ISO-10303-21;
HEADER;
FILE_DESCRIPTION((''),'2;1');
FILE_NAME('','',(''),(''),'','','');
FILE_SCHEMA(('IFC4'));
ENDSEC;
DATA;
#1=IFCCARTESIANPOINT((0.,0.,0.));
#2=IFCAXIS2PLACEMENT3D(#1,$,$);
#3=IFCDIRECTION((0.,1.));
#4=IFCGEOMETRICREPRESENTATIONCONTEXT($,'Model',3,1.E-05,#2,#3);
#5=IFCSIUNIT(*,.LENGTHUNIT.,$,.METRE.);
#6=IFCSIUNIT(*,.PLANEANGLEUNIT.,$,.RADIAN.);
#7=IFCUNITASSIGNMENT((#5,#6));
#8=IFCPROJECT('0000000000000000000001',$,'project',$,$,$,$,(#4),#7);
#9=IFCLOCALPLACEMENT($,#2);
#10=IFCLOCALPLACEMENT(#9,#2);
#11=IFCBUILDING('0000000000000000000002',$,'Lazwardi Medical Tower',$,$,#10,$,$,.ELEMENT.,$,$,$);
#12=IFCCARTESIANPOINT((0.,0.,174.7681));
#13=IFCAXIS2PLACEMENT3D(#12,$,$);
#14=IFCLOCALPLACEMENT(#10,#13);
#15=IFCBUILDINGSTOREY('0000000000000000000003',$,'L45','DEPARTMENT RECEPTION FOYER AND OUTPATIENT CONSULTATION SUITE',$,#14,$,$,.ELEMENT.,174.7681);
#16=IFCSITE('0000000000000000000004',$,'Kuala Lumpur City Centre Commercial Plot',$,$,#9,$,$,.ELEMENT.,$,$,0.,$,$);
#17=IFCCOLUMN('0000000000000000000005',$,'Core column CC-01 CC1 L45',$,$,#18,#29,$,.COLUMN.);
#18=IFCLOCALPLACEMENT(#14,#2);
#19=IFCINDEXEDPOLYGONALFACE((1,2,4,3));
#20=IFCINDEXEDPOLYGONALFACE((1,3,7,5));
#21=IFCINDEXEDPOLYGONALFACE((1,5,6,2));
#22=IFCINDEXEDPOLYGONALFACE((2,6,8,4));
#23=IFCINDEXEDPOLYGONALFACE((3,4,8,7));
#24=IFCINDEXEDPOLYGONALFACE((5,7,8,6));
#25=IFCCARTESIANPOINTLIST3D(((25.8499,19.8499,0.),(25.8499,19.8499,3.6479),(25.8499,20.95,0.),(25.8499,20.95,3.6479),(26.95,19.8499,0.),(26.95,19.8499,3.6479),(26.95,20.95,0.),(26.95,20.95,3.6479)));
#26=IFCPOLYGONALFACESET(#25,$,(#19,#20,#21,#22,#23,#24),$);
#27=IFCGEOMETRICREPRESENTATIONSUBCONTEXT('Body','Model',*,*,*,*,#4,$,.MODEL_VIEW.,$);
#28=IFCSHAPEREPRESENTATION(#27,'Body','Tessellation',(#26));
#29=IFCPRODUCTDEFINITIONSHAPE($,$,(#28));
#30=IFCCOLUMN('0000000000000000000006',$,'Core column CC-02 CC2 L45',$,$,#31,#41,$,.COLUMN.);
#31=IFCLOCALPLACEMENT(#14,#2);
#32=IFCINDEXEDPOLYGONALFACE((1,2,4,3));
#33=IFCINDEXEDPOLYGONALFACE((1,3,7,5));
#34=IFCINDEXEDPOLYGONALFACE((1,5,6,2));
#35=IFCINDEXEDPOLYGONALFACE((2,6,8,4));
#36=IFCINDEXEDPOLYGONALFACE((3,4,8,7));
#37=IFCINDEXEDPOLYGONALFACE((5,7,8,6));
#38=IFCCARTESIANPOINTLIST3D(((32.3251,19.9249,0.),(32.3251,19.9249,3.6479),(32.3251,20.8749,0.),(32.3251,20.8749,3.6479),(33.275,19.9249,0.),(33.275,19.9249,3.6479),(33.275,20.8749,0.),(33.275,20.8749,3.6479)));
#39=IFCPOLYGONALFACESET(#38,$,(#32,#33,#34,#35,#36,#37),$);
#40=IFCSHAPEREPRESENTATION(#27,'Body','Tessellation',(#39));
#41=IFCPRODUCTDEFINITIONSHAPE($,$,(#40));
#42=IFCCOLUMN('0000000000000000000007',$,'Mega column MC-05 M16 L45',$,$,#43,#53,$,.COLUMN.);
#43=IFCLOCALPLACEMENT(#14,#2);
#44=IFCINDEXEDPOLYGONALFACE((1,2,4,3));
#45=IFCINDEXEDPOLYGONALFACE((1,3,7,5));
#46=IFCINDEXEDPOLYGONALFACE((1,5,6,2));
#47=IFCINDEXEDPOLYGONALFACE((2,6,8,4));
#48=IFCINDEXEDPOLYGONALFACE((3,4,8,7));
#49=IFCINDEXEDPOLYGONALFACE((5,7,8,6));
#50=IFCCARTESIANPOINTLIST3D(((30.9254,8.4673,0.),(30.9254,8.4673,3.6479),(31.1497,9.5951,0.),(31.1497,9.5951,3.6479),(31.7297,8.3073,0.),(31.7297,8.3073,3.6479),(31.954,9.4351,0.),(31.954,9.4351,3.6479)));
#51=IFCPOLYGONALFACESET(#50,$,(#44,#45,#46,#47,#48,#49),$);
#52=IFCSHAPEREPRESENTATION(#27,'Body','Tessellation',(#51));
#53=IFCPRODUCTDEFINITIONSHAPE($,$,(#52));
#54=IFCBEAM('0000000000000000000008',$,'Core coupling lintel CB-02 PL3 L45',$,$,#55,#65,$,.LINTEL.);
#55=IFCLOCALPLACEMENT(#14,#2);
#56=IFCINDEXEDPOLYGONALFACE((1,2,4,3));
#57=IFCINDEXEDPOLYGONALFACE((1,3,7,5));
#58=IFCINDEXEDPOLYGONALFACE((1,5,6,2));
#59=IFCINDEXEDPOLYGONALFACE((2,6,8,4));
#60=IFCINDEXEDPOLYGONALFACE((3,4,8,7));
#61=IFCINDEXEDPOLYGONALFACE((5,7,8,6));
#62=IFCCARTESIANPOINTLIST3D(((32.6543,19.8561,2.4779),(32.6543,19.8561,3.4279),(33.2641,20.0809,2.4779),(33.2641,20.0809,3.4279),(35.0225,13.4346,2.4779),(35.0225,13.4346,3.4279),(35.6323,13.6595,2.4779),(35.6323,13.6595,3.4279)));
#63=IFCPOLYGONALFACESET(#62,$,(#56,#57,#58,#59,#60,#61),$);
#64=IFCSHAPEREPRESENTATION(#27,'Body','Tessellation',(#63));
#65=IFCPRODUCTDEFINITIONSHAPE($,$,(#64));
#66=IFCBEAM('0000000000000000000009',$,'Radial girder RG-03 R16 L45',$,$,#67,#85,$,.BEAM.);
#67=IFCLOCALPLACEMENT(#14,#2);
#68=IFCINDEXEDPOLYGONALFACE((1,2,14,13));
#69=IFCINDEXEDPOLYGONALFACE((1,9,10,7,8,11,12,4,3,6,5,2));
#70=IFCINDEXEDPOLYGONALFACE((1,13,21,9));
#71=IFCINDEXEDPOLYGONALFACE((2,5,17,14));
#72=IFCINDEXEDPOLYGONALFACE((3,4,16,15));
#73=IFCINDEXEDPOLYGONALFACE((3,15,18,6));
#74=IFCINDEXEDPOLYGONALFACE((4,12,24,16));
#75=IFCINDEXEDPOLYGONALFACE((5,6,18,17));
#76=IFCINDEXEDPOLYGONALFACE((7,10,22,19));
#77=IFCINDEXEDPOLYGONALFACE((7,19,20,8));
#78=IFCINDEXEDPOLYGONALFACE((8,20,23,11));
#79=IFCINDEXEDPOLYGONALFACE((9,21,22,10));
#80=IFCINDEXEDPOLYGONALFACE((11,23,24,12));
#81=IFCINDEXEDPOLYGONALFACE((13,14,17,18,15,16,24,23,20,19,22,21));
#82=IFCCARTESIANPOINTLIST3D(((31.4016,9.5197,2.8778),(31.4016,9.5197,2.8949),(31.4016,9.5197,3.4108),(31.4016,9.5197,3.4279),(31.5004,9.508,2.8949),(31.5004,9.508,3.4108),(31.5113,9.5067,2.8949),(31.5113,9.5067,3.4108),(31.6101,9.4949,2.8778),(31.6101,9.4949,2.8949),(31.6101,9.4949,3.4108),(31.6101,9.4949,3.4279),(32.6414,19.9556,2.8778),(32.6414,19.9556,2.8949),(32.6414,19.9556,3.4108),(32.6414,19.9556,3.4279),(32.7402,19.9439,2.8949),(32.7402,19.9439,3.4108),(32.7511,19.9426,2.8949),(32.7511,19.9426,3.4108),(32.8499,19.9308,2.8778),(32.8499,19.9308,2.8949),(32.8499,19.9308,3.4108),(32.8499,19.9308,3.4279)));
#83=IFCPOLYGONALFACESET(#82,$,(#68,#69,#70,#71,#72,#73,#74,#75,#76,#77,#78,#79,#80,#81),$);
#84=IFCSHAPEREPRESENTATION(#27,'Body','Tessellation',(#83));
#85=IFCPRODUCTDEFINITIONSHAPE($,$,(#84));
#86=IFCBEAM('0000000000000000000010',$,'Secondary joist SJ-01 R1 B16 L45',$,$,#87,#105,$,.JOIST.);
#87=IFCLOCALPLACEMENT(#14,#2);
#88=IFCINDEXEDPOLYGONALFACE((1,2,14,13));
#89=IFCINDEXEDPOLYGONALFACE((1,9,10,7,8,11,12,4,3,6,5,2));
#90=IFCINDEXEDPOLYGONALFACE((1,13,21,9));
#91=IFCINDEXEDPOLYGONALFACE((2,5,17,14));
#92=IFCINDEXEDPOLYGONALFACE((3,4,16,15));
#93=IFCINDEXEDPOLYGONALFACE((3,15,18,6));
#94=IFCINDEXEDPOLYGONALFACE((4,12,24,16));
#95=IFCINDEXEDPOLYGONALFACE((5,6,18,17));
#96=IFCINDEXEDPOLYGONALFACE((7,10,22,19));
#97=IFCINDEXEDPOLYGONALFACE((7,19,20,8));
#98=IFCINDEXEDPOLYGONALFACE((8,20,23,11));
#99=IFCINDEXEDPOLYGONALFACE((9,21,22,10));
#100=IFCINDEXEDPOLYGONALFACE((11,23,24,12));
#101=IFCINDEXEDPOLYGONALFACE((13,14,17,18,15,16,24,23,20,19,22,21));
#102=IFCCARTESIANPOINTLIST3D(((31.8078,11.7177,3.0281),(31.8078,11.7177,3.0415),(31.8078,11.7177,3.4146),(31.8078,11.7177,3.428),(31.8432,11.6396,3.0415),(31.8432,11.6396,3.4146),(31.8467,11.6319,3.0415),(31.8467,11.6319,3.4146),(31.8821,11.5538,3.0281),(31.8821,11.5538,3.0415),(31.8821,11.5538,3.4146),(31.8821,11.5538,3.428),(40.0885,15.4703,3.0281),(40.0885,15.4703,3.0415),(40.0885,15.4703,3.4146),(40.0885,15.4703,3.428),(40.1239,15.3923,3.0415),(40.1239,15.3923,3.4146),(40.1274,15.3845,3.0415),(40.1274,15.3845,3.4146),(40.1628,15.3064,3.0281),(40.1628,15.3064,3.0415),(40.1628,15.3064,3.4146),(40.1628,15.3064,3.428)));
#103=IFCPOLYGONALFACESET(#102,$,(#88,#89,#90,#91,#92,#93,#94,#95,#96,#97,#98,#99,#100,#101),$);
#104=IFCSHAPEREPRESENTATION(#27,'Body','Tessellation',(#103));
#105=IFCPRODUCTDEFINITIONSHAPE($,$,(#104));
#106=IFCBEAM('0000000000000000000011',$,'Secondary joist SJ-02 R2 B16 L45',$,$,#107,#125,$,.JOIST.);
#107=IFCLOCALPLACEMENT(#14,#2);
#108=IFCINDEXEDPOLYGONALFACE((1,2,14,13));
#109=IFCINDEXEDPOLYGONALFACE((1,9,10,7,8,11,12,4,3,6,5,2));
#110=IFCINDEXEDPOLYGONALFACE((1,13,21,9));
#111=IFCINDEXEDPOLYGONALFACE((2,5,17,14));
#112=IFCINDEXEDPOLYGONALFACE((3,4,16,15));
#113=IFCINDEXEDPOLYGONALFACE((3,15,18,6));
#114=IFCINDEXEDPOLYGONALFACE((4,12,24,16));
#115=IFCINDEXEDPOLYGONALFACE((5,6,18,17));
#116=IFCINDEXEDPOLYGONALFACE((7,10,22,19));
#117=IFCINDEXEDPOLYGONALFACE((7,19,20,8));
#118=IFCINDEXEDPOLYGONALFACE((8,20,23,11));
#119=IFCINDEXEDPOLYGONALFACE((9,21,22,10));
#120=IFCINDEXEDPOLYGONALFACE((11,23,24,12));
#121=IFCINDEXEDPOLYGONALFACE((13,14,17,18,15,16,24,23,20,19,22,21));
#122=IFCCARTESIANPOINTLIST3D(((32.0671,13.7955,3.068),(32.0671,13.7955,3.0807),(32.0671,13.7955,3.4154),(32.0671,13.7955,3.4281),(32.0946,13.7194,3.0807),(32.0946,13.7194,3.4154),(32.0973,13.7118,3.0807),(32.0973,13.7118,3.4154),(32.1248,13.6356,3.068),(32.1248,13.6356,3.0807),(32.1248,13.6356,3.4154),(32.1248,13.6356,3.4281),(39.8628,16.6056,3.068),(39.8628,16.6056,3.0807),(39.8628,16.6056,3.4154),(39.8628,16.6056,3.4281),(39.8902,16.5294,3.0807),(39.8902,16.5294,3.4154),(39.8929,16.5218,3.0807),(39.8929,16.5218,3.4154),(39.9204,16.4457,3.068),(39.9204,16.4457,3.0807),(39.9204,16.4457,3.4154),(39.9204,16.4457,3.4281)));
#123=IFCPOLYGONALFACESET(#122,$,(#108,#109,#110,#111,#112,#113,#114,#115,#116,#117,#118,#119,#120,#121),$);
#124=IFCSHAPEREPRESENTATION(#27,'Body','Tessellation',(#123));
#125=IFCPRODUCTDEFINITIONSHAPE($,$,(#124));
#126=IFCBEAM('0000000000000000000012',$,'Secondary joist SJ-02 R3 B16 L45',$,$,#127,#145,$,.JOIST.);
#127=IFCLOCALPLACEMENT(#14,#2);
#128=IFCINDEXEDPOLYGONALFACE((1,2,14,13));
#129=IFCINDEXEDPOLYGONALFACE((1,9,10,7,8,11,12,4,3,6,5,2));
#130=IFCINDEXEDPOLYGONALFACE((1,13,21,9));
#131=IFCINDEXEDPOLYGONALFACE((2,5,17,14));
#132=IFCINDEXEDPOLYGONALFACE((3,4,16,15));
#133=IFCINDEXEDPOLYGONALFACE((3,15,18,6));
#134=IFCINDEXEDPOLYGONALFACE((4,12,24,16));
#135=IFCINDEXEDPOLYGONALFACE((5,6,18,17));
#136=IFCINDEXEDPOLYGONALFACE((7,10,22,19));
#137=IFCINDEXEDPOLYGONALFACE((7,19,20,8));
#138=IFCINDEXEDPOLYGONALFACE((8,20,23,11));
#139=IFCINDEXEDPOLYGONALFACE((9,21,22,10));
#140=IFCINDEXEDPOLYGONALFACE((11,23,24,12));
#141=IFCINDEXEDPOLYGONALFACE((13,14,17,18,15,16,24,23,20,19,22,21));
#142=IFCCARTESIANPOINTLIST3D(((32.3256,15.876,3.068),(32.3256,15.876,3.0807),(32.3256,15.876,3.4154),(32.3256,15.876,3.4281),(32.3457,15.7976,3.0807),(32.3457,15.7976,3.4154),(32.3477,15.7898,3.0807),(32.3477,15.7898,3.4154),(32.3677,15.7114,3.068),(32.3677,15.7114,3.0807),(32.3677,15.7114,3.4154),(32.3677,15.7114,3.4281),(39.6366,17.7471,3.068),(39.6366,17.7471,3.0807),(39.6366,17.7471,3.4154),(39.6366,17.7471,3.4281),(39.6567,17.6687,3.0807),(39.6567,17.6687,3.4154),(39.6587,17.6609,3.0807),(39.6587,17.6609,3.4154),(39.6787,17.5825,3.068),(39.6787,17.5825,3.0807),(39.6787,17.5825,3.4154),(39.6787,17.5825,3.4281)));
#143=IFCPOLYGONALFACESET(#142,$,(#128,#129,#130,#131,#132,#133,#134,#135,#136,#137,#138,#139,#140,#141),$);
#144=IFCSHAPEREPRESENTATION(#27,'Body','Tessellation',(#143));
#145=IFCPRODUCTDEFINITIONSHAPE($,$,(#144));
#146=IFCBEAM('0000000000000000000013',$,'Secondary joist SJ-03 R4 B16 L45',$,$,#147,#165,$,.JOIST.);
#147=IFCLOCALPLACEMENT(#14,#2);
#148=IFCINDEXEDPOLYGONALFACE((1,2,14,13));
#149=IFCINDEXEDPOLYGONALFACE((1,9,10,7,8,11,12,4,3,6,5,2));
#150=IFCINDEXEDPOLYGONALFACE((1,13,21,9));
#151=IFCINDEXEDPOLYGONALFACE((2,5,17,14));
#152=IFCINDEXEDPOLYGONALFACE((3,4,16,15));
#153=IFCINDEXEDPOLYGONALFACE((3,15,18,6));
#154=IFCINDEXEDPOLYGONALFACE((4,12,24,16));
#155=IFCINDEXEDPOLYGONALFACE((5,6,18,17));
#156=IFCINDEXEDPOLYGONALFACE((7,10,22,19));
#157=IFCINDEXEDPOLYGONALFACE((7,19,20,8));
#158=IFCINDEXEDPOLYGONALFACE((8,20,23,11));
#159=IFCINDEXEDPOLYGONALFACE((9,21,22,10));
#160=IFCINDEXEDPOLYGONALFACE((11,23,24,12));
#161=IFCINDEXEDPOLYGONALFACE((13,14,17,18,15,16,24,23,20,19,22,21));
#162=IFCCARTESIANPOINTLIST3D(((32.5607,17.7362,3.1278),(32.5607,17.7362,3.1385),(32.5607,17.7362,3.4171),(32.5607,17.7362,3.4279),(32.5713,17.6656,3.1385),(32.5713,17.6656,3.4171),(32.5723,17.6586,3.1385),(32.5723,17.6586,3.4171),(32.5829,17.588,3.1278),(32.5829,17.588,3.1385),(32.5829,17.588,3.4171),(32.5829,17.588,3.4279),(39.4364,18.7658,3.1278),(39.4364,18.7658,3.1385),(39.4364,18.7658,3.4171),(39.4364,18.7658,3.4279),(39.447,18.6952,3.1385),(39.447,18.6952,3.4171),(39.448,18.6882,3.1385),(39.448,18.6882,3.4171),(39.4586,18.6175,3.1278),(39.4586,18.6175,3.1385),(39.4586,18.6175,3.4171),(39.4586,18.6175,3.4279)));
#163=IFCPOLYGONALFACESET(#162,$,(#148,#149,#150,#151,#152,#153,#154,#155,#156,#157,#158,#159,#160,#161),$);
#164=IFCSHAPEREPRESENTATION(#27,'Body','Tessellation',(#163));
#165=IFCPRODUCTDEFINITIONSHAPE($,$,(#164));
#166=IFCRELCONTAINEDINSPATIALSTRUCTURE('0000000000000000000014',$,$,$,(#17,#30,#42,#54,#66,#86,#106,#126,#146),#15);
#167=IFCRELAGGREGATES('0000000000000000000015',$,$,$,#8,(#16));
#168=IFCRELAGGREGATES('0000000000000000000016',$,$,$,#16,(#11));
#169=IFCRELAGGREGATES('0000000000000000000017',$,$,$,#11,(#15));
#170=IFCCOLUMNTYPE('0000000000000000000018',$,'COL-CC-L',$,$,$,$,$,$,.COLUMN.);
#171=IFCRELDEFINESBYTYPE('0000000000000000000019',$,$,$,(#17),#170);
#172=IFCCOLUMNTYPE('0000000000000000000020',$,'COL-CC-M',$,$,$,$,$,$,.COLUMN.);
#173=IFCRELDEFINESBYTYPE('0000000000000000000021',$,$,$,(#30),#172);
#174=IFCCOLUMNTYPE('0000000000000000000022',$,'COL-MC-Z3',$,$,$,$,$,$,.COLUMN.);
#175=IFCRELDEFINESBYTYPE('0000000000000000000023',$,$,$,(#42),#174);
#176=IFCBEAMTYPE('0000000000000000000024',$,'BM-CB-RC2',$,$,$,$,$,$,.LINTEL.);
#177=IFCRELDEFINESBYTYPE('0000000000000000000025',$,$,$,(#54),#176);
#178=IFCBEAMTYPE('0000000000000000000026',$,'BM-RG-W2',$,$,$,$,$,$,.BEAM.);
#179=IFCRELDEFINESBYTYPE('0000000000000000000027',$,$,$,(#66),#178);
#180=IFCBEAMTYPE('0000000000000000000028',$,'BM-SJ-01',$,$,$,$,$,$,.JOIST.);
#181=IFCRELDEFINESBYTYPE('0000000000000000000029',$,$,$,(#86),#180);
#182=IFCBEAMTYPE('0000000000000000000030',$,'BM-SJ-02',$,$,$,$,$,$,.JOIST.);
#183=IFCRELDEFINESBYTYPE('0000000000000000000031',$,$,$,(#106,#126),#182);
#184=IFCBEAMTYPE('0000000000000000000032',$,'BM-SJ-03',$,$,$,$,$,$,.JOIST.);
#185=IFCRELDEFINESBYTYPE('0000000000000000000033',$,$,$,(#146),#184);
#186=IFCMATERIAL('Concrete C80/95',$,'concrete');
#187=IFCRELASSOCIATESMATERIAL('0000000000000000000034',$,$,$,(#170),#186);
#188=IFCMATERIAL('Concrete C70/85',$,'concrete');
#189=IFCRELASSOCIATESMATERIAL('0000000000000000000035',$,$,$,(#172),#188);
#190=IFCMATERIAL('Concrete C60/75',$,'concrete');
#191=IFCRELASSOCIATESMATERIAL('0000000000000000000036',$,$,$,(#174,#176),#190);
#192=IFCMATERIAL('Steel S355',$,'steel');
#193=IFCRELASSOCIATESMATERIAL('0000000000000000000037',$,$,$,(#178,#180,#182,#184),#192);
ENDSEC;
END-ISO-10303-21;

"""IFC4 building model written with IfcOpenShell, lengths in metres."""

from ifc_helpers import new_model, si_unit, direction, frame, origin, origin_2d, place, context, subcontext, project, spatial, rectangle, i_section, extrude, material, material_profile, profile_set, type_object, element, save


model = new_model("IFC4")

# Units and contexts
model_context = context("Model", 3, precision=1e-05, world=origin(), true_north=direction((0.0, 1.0)))
body_context = subcontext(model_context, "Body", "Model", "MODEL_VIEW")
ifc_project = project(units=[si_unit("LENGTHUNIT", "METRE"), si_unit("PLANEANGLEUNIT", "RADIAN")], contexts=[model_context])

# Site, building, storey
site_placement = place(None, origin())
site = spatial("IfcSite", under=ifc_project, at=site_placement, Name="Kuala Lumpur City Centre Commercial Plot", CompositionType="ELEMENT", RefElevation=0.0)
building_placement = place(site_placement, origin())
building = spatial("IfcBuilding", under=site, at=building_placement, Name="Lazwardi Medical Tower", CompositionType="ELEMENT")
storey_placement = place(building_placement, frame((0.0, 0.0, 174.7681)))
storey = spatial("IfcBuildingStorey", under=building, at=storey_placement, Name="L45", Description="DEPARTMENT RECEPTION FOYER AND OUTPATIENT CONSULTATION SUITE", CompositionType="ELEMENT", Elevation=174.7681)

# Columns
ifc_material_1 = material(Name="Concrete C80/95", Category="concrete")
ifc_material_profile_1 = material_profile(ifc_material_1, rectangle(XDim=1.1001, YDim=1.1001, at=origin_2d()), Name="RC 1100x1100")
ifc_profile_set_1 = profile_set([ifc_material_profile_1], Name="Concrete C80/95")
column_type_1 = type_object("IfcColumnType", Name="COL-CC-L", PredefinedType="COLUMN", material=ifc_profile_set_1)
column_1_placement = place(storey_placement, frame((26.3999, 20.3999, 0.0), z_axis=(0.0, 0.0, 1.0), x_axis=(1.0, 0.0, 0.0)))
element("IfcColumn", 1, at=column_1_placement, inside=storey, type_object=column_type_1, Name="Core column CC-01 CC1 L45", PredefinedType="COLUMN", context=body_context, shape_type="SweptSolid", body=[
    extrude(rectangle(XDim=1.1001, YDim=1.1001, at=origin_2d()), origin(), (0.0, 0.0, 1.0), 3.6479),
])
ifc_material_2 = material(Name="Concrete C70/85", Category="concrete")
ifc_material_profile_2 = material_profile(ifc_material_2, rectangle(XDim=0.95, YDim=0.95, at=origin_2d()), Name="RC 950x950")
ifc_profile_set_2 = profile_set([ifc_material_profile_2], Name="Concrete C70/85")
column_type_2 = type_object("IfcColumnType", Name="COL-CC-M", PredefinedType="COLUMN", material=ifc_profile_set_2)
column_2_placement = place(storey_placement, frame((32.8, 20.3999, 0.0), z_axis=(0.0, 0.0, 1.0), x_axis=(1.0, 0.0, 0.0)))
element("IfcColumn", 2, at=column_2_placement, inside=storey, type_object=column_type_2, Name="Core column CC-02 CC2 L45", PredefinedType="COLUMN", context=body_context, shape_type="SweptSolid", body=[
    extrude(rectangle(XDim=0.95, YDim=0.95, at=origin_2d()), origin(), (0.0, 0.0, 1.0), 3.6479),
])
ifc_material_3 = material(Name="Concrete C60/75", Category="concrete")
ifc_material_profile_3 = material_profile(ifc_material_3, rectangle(XDim=1.1499, YDim=0.8201, at=origin_2d()), Name="CFT-RECT 1150x820")
ifc_profile_set_3 = profile_set([ifc_material_profile_3], Name="Concrete C60/75")
column_type_3 = type_object("IfcColumnType", Name="COL-MC-Z3", PredefinedType="COLUMN", material=ifc_profile_set_3)
column_3_placement = place(storey_placement, frame((31.4397, 8.9512, 0.0), z_axis=(0.0, 0.0, 1.0), x_axis=(-0.19509, -0.980785, 0.0)))
element("IfcColumn", 3, at=column_3_placement, inside=storey, type_object=column_type_3, Name="Mega column MC-05 M16 L45", PredefinedType="COLUMN", context=body_context, shape_type="SweptSolid", body=[
    extrude(rectangle(XDim=1.1499, YDim=0.8201, at=origin_2d()), origin(), (0.0, 0.0, 1.0), 3.6479),
])

# Beams
ifc_material_profile_4 = material_profile(ifc_material_3, rectangle(XDim=0.6499, YDim=0.95, at=origin_2d()), Name="RC 650x950")
ifc_profile_set_4 = profile_set([ifc_material_profile_4], Name="Concrete C60/75")
beam_type_1 = type_object("IfcBeamType", Name="BM-CB-RC2", PredefinedType="LINTEL", material=ifc_profile_set_4)
beam_1_placement = place(storey_placement, frame((32.9592, 19.9685, 2.9529), z_axis=(0.346013, -0.93823, 0.0), x_axis=(0.93823, 0.346013, 0.0)))
element("IfcBeam", 4, at=beam_1_placement, inside=storey, type_object=beam_type_1, Name="Core coupling lintel CB-02 PL3 L45", PredefinedType="LINTEL", context=body_context, shape_type="SweptSolid", body=[
    extrude(rectangle(XDim=0.6499, YDim=0.95, at=origin_2d()), origin(), (0.0, 0.0, 1.0), 6.8442),
])
ifc_material_4 = material(Name="Steel S355", Category="steel")
ifc_material_profile_5 = material_profile(ifc_material_4, i_section(OverallWidth=0.21, OverallDepth=0.55, WebThickness=0.011, FlangeThickness=0.0171, at=origin_2d()), Name="IPE 550")
ifc_profile_set_5 = profile_set([ifc_material_profile_5], Name="Steel S355")
beam_type_2 = type_object("IfcBeamType", Name="BM-RG-W2", PredefinedType="BEAM", material=ifc_profile_set_5)
beam_2_placement = place(storey_placement, frame((31.5059, 9.5073, 3.1528), z_axis=(0.117968, 0.993017, 0.0), x_axis=(-0.993017, 0.117968, 0.0)))
element("IfcBeam", 5, at=beam_2_placement, inside=storey, type_object=beam_type_2, Name="Radial girder RG-03 R16 L45", PredefinedType="BEAM", context=body_context, shape_type="SweptSolid", body=[
    extrude(i_section(OverallWidth=0.21, OverallDepth=0.55, WebThickness=0.011, FlangeThickness=0.0171, at=origin_2d()), origin(), (0.0, 0.0, 1.0), 10.5093),
])
ifc_material_profile_6 = material_profile(ifc_material_4, i_section(OverallWidth=0.1799, OverallDepth=0.3999, WebThickness=0.0085, FlangeThickness=0.0134, at=origin_2d()), Name="IPE 400")
ifc_profile_set_6 = profile_set([ifc_material_profile_6], Name="Steel S355")
beam_type_3 = type_object("IfcBeamType", Name="BM-SJ-01", PredefinedType="JOIST", material=ifc_profile_set_6)
beam_3_placement = place(storey_placement, frame((31.845, 11.6357, 3.228), z_axis=(0.910834, 0.412773, 0.0), x_axis=(-0.412773, 0.910834, 0.0)))
element("IfcBeam", 6, at=beam_3_placement, inside=storey, type_object=beam_type_3, Name="Secondary joist SJ-01 R1 B16 L45", PredefinedType="JOIST", context=body_context, shape_type="SweptSolid", body=[
    extrude(i_section(OverallWidth=0.1799, OverallDepth=0.3999, WebThickness=0.0085, FlangeThickness=0.0134, at=origin_2d()), origin(), (0.0, 0.0, 1.0), 9.0913),
])
ifc_material_profile_7 = material_profile(ifc_material_4, i_section(OverallWidth=0.1699, OverallDepth=0.3601, WebThickness=0.0081, FlangeThickness=0.0127, at=origin_2d()), Name="IPE 360")
ifc_profile_set_7 = profile_set([ifc_material_profile_7], Name="Steel S355")
beam_type_4 = type_object("IfcBeamType", Name="BM-SJ-02", PredefinedType="JOIST", material=ifc_profile_set_7)
beam_4_placement = place(storey_placement, frame((32.0959, 13.7156, 3.248), z_axis=(0.940748, 0.339106, 0.0), x_axis=(-0.339106, 0.940748, 0.0)))
element("IfcBeam", 7, at=beam_4_placement, inside=storey, type_object=beam_type_4, Name="Secondary joist SJ-02 R2 B16 L45", PredefinedType="JOIST", context=body_context, shape_type="SweptSolid", body=[
    extrude(i_section(OverallWidth=0.1699, OverallDepth=0.3601, WebThickness=0.0081, FlangeThickness=0.0127, at=origin_2d()), origin(), (0.0, 0.0, 1.0), 8.2866),
])
beam_5_placement = place(storey_placement, frame((32.3467, 15.7937, 3.248), z_axis=(0.968776, 0.247936, 0.0), x_axis=(-0.247936, 0.968776, 0.0)))
element("IfcBeam", 8, at=beam_5_placement, inside=storey, type_object=beam_type_4, Name="Secondary joist SJ-02 R3 B16 L45", PredefinedType="JOIST", context=body_context, shape_type="SweptSolid", body=[
    extrude(i_section(OverallWidth=0.1699, OverallDepth=0.3601, WebThickness=0.0081, FlangeThickness=0.0127, at=origin_2d()), origin(), (0.0, 0.0, 1.0), 7.5466),
])
ifc_material_profile_8 = material_profile(ifc_material_4, i_section(OverallWidth=0.1499, OverallDepth=0.3, WebThickness=0.0071, FlangeThickness=0.0107, at=origin_2d()), Name="IPE 300")
ifc_profile_set_8 = profile_set([ifc_material_profile_8], Name="Steel S355")
beam_type_5 = type_object("IfcBeamType", Name="BM-SJ-03", PredefinedType="JOIST", material=ifc_profile_set_8)
beam_6_placement = place(storey_placement, frame((32.5718, 17.6621, 3.2778), z_axis=(0.988975, 0.148085, 0.0), x_axis=(-0.148085, 0.988975, 0.0)))
element("IfcBeam", 9, at=beam_6_placement, inside=storey, type_object=beam_type_5, Name="Secondary joist SJ-03 R4 B16 L45", PredefinedType="JOIST", context=body_context, shape_type="SweptSolid", body=[
    extrude(i_section(OverallWidth=0.1499, OverallDepth=0.3, WebThickness=0.0071, FlangeThickness=0.0107, at=origin_2d()), origin(), (0.0, 0.0, 1.0), 6.9524),
])

save(model, "model.ifc")
